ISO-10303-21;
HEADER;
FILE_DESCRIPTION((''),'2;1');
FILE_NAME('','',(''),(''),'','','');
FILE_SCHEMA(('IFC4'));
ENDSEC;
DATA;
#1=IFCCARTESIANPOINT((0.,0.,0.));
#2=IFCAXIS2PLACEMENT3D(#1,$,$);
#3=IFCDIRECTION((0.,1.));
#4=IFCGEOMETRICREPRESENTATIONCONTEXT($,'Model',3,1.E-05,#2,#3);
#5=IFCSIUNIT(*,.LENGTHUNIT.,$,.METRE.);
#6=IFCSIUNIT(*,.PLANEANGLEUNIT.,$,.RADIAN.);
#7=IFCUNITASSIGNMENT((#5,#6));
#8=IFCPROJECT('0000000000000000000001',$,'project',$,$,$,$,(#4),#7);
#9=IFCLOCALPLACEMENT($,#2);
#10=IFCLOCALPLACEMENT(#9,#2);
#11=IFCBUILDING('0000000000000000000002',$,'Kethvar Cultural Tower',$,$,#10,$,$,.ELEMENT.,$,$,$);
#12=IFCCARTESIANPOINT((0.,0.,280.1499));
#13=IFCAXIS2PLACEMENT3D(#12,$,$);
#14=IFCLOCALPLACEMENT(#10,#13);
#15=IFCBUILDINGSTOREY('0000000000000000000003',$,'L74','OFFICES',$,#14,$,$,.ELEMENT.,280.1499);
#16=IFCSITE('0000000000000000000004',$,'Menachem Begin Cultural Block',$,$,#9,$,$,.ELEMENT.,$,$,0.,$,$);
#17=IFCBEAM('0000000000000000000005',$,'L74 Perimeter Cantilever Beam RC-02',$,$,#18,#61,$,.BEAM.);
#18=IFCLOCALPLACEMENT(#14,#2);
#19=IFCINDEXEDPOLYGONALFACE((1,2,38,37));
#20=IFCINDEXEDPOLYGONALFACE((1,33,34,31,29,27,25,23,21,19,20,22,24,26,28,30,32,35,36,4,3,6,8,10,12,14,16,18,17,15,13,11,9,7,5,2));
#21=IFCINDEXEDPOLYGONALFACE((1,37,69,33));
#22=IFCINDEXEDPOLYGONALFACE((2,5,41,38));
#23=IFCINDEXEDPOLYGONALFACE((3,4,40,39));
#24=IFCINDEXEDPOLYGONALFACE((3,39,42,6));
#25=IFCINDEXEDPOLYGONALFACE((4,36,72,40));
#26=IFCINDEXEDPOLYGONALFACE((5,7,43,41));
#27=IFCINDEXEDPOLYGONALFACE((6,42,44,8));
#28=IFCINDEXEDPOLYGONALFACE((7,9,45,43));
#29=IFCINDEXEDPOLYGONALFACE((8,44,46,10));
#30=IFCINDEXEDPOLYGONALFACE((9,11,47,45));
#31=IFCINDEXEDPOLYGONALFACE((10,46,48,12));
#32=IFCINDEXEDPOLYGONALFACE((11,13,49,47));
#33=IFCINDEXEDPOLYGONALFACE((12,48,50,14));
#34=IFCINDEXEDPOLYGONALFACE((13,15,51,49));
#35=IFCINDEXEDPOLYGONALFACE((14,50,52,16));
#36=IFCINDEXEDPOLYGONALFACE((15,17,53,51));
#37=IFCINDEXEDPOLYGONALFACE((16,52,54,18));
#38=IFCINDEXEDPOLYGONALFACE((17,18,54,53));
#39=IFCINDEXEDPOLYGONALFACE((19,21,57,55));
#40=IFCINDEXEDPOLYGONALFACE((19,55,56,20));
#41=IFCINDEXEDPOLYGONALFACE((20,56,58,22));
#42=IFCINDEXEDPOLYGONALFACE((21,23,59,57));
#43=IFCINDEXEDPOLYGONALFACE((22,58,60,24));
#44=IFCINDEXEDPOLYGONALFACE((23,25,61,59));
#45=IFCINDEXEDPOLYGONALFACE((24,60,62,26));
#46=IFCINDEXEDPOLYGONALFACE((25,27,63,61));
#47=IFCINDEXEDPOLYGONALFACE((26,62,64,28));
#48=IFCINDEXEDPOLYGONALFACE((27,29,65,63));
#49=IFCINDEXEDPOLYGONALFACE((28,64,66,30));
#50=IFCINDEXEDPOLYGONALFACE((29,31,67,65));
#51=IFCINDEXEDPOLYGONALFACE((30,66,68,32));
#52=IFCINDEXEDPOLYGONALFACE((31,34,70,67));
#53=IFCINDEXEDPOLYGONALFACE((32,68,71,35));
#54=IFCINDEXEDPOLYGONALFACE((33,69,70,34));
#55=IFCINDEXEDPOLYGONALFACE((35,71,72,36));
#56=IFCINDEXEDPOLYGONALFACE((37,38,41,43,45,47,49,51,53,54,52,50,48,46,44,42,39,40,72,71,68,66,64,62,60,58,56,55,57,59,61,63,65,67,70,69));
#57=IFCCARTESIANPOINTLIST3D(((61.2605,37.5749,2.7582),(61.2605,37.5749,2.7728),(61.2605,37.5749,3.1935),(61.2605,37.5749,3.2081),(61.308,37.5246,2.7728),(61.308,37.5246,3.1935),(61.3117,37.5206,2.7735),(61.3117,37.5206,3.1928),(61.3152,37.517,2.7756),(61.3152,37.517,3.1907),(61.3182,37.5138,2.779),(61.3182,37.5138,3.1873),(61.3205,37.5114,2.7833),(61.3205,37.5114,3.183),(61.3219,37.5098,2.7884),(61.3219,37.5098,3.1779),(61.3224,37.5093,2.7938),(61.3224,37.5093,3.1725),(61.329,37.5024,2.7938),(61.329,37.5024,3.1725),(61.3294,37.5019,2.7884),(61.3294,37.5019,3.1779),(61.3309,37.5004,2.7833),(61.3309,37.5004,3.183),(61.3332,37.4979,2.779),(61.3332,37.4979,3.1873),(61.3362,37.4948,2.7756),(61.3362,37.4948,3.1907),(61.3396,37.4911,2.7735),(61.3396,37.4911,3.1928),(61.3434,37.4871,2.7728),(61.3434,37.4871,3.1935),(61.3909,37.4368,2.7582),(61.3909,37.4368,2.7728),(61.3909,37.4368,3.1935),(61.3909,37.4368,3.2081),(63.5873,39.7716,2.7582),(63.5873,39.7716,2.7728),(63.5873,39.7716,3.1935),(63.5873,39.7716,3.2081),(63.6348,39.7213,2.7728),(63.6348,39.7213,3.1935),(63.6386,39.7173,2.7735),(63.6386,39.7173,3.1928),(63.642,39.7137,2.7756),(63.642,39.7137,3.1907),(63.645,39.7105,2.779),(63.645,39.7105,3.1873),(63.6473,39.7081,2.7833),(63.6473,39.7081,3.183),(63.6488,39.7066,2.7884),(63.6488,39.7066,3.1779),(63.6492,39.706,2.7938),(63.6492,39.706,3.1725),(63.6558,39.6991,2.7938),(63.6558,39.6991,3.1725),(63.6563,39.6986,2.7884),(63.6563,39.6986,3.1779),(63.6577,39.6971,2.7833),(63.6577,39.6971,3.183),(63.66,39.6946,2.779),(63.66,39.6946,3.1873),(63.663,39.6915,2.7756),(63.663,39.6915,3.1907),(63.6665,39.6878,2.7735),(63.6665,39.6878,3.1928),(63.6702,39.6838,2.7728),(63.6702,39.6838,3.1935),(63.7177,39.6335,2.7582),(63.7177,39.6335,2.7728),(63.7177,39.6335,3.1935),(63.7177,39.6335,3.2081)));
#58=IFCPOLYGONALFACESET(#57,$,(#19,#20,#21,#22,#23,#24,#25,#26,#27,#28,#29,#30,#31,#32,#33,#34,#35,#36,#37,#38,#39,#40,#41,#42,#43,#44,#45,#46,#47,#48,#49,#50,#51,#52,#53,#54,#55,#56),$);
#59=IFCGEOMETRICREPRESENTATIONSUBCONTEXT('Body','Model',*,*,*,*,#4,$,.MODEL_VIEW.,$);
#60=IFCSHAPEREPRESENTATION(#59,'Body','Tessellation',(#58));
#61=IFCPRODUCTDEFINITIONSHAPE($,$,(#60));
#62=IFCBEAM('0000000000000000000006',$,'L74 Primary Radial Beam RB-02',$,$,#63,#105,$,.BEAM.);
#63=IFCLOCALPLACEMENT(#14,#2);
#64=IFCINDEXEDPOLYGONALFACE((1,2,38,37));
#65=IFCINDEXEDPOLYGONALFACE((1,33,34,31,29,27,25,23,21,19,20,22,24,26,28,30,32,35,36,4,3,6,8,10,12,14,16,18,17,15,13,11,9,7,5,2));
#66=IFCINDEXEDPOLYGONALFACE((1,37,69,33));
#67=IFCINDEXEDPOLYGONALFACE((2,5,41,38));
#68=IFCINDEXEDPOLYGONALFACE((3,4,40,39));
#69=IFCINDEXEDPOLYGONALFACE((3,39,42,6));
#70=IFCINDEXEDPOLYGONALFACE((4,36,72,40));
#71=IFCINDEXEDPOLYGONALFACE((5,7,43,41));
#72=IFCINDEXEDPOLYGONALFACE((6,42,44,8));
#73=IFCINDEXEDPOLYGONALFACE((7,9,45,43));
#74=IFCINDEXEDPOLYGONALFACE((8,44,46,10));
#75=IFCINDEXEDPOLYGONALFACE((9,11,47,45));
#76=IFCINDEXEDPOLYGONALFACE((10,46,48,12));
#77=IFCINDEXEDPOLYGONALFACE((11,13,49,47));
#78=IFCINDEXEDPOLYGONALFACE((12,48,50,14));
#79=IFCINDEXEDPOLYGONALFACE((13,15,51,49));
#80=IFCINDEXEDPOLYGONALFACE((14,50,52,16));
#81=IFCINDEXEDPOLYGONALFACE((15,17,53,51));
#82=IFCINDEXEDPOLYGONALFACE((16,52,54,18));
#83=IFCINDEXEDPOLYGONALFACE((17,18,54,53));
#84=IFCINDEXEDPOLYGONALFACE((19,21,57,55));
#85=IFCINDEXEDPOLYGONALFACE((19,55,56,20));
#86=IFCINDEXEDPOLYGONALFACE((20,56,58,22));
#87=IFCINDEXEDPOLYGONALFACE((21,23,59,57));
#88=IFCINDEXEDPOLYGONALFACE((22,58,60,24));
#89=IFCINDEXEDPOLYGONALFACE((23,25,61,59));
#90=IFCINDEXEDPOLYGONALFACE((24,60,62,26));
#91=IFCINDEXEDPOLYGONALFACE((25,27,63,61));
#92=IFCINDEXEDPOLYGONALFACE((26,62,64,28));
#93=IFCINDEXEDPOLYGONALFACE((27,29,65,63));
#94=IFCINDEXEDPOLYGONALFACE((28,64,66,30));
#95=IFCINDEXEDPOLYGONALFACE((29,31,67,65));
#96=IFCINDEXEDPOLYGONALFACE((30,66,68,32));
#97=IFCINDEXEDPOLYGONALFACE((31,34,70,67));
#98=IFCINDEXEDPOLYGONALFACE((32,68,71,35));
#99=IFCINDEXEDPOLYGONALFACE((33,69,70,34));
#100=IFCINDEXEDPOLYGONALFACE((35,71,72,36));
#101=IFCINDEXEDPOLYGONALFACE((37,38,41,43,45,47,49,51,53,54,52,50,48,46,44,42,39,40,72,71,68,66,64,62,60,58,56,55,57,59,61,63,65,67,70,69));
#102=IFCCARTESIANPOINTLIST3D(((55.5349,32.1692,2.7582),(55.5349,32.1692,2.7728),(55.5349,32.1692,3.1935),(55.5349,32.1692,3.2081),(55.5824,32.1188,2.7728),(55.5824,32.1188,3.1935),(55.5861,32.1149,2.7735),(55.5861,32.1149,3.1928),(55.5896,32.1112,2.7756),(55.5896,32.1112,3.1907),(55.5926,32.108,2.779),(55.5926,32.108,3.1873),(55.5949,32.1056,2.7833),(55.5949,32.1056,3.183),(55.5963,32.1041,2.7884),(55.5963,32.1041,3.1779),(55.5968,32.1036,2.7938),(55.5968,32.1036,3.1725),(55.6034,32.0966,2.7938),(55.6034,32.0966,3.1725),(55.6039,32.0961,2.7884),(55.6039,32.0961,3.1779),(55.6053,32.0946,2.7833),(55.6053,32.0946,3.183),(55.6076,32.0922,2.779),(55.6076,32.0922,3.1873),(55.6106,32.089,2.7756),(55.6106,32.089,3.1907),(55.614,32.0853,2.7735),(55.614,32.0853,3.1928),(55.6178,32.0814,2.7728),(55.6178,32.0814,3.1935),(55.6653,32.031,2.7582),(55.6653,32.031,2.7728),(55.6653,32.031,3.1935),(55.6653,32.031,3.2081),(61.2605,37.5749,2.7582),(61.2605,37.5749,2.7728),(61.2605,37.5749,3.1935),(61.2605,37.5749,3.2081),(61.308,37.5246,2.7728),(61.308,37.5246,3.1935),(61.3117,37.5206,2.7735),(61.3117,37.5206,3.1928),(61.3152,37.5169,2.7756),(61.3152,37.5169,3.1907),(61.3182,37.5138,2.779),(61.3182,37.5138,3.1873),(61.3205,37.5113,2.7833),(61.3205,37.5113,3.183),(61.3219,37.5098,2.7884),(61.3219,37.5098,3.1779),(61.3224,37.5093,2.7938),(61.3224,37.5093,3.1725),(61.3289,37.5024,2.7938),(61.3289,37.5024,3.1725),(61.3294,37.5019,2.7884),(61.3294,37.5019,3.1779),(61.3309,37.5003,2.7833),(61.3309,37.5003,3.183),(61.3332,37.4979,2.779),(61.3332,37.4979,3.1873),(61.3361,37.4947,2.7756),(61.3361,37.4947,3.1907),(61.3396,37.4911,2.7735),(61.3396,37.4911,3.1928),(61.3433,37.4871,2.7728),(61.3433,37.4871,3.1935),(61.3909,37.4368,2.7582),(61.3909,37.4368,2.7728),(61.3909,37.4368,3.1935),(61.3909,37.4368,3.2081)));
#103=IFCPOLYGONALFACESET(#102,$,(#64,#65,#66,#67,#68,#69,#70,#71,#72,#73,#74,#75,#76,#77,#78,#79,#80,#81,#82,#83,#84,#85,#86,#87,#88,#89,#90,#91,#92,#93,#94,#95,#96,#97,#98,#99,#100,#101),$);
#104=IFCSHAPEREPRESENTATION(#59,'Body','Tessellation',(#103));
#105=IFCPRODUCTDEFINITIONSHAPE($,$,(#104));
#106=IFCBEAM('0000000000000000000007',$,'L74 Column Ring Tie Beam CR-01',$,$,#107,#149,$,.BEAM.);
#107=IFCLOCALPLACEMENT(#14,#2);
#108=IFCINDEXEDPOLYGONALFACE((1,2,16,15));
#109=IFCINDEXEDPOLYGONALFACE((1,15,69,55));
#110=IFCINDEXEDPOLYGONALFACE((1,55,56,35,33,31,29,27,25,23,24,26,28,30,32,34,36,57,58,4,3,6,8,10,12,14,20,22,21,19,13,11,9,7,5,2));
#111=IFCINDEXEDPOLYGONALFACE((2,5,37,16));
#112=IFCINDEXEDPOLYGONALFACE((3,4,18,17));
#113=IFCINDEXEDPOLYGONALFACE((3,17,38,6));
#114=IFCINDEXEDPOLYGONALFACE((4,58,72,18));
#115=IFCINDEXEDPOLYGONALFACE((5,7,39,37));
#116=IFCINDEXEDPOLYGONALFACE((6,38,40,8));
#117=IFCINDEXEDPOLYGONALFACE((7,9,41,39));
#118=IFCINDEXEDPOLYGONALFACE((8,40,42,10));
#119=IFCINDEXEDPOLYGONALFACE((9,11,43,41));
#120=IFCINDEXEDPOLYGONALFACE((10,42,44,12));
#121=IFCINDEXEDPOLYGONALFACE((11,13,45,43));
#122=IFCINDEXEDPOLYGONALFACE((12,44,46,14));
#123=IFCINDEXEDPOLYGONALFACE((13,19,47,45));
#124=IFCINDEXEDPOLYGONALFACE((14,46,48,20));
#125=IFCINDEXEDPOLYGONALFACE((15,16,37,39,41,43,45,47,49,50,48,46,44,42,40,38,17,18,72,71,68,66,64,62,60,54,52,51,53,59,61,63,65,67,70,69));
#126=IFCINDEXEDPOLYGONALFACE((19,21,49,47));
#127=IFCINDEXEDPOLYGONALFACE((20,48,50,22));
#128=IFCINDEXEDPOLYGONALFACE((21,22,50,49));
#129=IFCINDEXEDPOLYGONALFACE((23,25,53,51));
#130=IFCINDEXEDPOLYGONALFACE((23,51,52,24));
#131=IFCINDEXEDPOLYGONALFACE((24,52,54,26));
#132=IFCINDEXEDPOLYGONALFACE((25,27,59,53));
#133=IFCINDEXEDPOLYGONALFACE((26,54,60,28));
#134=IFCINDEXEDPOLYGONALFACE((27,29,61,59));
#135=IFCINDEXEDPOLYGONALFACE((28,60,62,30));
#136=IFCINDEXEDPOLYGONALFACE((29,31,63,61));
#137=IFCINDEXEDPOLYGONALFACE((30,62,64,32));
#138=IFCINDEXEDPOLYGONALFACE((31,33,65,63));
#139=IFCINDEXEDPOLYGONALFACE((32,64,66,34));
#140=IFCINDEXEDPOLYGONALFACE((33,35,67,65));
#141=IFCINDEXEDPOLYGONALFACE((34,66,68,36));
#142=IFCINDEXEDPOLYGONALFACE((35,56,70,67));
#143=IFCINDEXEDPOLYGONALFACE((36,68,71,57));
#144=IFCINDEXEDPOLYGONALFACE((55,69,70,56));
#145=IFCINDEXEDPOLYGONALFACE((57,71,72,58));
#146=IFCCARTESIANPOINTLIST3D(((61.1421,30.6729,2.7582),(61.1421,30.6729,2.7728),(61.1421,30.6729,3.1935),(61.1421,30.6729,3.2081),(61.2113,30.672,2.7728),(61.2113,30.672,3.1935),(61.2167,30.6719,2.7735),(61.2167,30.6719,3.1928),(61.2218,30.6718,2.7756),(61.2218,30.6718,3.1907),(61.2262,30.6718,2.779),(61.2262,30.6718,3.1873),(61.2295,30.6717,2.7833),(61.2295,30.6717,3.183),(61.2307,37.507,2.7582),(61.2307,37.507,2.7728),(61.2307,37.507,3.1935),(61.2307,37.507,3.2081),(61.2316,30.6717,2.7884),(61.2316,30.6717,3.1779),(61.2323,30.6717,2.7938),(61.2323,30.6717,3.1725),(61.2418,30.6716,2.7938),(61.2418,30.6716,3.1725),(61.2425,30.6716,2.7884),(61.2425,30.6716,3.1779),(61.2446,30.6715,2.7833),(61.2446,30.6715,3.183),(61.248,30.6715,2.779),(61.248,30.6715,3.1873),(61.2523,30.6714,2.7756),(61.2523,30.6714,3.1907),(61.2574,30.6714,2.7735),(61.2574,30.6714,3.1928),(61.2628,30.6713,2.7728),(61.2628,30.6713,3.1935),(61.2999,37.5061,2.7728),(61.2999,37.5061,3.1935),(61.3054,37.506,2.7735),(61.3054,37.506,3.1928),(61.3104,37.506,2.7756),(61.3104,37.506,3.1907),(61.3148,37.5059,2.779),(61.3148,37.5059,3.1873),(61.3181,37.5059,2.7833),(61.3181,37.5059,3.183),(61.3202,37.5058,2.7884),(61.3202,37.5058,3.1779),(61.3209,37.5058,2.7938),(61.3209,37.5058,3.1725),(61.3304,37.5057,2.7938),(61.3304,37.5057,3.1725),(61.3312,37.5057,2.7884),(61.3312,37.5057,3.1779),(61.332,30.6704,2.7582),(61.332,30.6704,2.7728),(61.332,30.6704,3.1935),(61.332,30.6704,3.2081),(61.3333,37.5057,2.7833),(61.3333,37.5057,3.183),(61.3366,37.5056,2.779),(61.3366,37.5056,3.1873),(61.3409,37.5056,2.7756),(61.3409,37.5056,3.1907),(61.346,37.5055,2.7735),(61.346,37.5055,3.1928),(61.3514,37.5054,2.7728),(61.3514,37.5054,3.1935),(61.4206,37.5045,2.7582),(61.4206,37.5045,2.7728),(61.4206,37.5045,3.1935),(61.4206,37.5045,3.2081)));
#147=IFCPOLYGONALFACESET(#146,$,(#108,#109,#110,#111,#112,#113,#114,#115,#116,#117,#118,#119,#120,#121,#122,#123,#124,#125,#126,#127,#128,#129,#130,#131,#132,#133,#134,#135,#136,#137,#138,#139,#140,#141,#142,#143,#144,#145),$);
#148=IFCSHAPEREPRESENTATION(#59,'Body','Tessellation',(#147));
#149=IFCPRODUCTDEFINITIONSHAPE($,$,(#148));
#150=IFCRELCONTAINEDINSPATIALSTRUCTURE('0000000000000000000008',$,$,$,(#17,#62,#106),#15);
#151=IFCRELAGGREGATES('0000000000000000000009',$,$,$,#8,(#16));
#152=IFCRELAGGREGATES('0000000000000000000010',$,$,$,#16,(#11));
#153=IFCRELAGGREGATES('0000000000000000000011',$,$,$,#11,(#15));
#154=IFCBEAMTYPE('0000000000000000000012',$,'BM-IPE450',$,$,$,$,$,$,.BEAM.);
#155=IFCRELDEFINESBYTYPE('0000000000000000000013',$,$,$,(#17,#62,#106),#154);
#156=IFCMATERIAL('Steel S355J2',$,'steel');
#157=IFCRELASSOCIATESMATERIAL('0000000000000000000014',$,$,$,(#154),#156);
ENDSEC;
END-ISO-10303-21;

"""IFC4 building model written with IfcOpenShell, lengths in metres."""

from ifc_helpers import new_model, si_unit, direction, frame, origin, origin_2d, place, context, subcontext, project, spatial, i_section, extrude, source, transform, mapped, material, material_profile, profile_set, type_object, element, save


model = new_model("IFC4")

# Units and contexts
model_context = context("Model", 3, precision=1e-05, world=origin(), true_north=direction((0.0, 1.0)))
body_context = subcontext(model_context, "Body", "Model", "MODEL_VIEW")
ifc_project = project(units=[si_unit("LENGTHUNIT", "METRE"), si_unit("PLANEANGLEUNIT", "RADIAN")], contexts=[model_context])

# Site, building, storey
site_placement = place(None, origin())
site = spatial("IfcSite", under=ifc_project, at=site_placement, Name="Menachem Begin Cultural Block", CompositionType="ELEMENT", RefElevation=0.0)
building_placement = place(site_placement, origin())
building = spatial("IfcBuilding", under=site, at=building_placement, Name="Kethvar Cultural Tower", CompositionType="ELEMENT")
storey_placement = place(building_placement, frame((0.0, 0.0, 280.1499)))
storey = spatial("IfcBuildingStorey", under=building, at=storey_placement, Name="L74", Description="OFFICES", CompositionType="ELEMENT", Elevation=280.1499)

# Shared definitions
ifc_material_1 = material(Name="Steel S355J2", Category="steel")

# Beams
ifc_material_profile_1 = material_profile(ifc_material_1, i_section(OverallWidth=0.1899, OverallDepth=0.45, WebThickness=0.0095, FlangeThickness=0.0146, FilletRadius=0.021, at=origin_2d()), Name="Steel S355J2 — IPE450")
ifc_profile_set_1 = profile_set([ifc_material_profile_1], Name="Steel S355J2 — IPE450")
beam_type_1 = type_object("IfcBeamType", Name="BM-IPE450", PredefinedType="BEAM", material=ifc_profile_set_1)
shared_shape_1 = source(origin(), body_context, "Body", "SweptSolid", [
    extrude(i_section(OverallWidth=0.1899, OverallDepth=0.45, WebThickness=0.0095, FlangeThickness=0.0146, FilletRadius=0.021, at=origin_2d()), origin(), (0.0, 0.0, 1.0), 3.2),
])
for number, where, z_axis, x_axis, name in (
    (1, (61.3257, 37.5059, 2.9832), (0.727146, 0.686482, 0.0), (-0.686482, 0.727146, 0.0), "L74 Perimeter Cantilever Beam RC-02"),
):
    element("IfcBeam", number, at=place(storey_placement, frame(where, z_axis=z_axis, x_axis=x_axis)), inside=storey, type_object=beam_type_1, Name=name, PredefinedType="BEAM", context=body_context, shape_type="MappedRepresentation", body=[
        mapped(shared_shape_1, transform((0.0, 0.0, 0.0), scale=1.0)),
    ])
shared_shape_2 = source(origin(), body_context, "Body", "SweptSolid", [
    extrude(i_section(OverallWidth=0.1899, OverallDepth=0.45, WebThickness=0.0095, FlangeThickness=0.0146, FilletRadius=0.021, at=origin_2d()), origin(), (0.0, 0.0, 1.0), 7.8743),
])
beam_1_placement = place(storey_placement, frame((55.6001, 32.1001, 2.9832), z_axis=(0.727123, 0.686507, 0.0), x_axis=(-0.686507, 0.727123, 0.0)))
element("IfcBeam", 2, at=beam_1_placement, inside=storey, type_object=beam_type_1, Name="L74 Primary Radial Beam RB-02", PredefinedType="BEAM", context=body_context, shape_type="MappedRepresentation", body=[
    mapped(shared_shape_2, transform((0.0, 0.0, 0.0), scale=1.0)),
])
shared_shape_3 = source(origin(), body_context, "Body", "SweptSolid", [
    extrude(i_section(OverallWidth=0.1899, OverallDepth=0.45, WebThickness=0.0095, FlangeThickness=0.0146, FilletRadius=0.021, at=origin_2d()), origin(), (0.0, 0.0, 1.0), 6.8347),
])
beam_2_placement = place(storey_placement, frame((61.2371, 30.6716, 2.9832), z_axis=(0.012966, 0.999916, 0.0), x_axis=(-0.999916, 0.012966, 0.0)))
element("IfcBeam", 3, at=beam_2_placement, inside=storey, type_object=beam_type_1, Name="L74 Column Ring Tie Beam CR-01", PredefinedType="BEAM", context=body_context, shape_type="MappedRepresentation", body=[
    mapped(shared_shape_3, transform((0.0, 0.0, 0.0), scale=1.0)),
])

save(model, "model.ifc")
